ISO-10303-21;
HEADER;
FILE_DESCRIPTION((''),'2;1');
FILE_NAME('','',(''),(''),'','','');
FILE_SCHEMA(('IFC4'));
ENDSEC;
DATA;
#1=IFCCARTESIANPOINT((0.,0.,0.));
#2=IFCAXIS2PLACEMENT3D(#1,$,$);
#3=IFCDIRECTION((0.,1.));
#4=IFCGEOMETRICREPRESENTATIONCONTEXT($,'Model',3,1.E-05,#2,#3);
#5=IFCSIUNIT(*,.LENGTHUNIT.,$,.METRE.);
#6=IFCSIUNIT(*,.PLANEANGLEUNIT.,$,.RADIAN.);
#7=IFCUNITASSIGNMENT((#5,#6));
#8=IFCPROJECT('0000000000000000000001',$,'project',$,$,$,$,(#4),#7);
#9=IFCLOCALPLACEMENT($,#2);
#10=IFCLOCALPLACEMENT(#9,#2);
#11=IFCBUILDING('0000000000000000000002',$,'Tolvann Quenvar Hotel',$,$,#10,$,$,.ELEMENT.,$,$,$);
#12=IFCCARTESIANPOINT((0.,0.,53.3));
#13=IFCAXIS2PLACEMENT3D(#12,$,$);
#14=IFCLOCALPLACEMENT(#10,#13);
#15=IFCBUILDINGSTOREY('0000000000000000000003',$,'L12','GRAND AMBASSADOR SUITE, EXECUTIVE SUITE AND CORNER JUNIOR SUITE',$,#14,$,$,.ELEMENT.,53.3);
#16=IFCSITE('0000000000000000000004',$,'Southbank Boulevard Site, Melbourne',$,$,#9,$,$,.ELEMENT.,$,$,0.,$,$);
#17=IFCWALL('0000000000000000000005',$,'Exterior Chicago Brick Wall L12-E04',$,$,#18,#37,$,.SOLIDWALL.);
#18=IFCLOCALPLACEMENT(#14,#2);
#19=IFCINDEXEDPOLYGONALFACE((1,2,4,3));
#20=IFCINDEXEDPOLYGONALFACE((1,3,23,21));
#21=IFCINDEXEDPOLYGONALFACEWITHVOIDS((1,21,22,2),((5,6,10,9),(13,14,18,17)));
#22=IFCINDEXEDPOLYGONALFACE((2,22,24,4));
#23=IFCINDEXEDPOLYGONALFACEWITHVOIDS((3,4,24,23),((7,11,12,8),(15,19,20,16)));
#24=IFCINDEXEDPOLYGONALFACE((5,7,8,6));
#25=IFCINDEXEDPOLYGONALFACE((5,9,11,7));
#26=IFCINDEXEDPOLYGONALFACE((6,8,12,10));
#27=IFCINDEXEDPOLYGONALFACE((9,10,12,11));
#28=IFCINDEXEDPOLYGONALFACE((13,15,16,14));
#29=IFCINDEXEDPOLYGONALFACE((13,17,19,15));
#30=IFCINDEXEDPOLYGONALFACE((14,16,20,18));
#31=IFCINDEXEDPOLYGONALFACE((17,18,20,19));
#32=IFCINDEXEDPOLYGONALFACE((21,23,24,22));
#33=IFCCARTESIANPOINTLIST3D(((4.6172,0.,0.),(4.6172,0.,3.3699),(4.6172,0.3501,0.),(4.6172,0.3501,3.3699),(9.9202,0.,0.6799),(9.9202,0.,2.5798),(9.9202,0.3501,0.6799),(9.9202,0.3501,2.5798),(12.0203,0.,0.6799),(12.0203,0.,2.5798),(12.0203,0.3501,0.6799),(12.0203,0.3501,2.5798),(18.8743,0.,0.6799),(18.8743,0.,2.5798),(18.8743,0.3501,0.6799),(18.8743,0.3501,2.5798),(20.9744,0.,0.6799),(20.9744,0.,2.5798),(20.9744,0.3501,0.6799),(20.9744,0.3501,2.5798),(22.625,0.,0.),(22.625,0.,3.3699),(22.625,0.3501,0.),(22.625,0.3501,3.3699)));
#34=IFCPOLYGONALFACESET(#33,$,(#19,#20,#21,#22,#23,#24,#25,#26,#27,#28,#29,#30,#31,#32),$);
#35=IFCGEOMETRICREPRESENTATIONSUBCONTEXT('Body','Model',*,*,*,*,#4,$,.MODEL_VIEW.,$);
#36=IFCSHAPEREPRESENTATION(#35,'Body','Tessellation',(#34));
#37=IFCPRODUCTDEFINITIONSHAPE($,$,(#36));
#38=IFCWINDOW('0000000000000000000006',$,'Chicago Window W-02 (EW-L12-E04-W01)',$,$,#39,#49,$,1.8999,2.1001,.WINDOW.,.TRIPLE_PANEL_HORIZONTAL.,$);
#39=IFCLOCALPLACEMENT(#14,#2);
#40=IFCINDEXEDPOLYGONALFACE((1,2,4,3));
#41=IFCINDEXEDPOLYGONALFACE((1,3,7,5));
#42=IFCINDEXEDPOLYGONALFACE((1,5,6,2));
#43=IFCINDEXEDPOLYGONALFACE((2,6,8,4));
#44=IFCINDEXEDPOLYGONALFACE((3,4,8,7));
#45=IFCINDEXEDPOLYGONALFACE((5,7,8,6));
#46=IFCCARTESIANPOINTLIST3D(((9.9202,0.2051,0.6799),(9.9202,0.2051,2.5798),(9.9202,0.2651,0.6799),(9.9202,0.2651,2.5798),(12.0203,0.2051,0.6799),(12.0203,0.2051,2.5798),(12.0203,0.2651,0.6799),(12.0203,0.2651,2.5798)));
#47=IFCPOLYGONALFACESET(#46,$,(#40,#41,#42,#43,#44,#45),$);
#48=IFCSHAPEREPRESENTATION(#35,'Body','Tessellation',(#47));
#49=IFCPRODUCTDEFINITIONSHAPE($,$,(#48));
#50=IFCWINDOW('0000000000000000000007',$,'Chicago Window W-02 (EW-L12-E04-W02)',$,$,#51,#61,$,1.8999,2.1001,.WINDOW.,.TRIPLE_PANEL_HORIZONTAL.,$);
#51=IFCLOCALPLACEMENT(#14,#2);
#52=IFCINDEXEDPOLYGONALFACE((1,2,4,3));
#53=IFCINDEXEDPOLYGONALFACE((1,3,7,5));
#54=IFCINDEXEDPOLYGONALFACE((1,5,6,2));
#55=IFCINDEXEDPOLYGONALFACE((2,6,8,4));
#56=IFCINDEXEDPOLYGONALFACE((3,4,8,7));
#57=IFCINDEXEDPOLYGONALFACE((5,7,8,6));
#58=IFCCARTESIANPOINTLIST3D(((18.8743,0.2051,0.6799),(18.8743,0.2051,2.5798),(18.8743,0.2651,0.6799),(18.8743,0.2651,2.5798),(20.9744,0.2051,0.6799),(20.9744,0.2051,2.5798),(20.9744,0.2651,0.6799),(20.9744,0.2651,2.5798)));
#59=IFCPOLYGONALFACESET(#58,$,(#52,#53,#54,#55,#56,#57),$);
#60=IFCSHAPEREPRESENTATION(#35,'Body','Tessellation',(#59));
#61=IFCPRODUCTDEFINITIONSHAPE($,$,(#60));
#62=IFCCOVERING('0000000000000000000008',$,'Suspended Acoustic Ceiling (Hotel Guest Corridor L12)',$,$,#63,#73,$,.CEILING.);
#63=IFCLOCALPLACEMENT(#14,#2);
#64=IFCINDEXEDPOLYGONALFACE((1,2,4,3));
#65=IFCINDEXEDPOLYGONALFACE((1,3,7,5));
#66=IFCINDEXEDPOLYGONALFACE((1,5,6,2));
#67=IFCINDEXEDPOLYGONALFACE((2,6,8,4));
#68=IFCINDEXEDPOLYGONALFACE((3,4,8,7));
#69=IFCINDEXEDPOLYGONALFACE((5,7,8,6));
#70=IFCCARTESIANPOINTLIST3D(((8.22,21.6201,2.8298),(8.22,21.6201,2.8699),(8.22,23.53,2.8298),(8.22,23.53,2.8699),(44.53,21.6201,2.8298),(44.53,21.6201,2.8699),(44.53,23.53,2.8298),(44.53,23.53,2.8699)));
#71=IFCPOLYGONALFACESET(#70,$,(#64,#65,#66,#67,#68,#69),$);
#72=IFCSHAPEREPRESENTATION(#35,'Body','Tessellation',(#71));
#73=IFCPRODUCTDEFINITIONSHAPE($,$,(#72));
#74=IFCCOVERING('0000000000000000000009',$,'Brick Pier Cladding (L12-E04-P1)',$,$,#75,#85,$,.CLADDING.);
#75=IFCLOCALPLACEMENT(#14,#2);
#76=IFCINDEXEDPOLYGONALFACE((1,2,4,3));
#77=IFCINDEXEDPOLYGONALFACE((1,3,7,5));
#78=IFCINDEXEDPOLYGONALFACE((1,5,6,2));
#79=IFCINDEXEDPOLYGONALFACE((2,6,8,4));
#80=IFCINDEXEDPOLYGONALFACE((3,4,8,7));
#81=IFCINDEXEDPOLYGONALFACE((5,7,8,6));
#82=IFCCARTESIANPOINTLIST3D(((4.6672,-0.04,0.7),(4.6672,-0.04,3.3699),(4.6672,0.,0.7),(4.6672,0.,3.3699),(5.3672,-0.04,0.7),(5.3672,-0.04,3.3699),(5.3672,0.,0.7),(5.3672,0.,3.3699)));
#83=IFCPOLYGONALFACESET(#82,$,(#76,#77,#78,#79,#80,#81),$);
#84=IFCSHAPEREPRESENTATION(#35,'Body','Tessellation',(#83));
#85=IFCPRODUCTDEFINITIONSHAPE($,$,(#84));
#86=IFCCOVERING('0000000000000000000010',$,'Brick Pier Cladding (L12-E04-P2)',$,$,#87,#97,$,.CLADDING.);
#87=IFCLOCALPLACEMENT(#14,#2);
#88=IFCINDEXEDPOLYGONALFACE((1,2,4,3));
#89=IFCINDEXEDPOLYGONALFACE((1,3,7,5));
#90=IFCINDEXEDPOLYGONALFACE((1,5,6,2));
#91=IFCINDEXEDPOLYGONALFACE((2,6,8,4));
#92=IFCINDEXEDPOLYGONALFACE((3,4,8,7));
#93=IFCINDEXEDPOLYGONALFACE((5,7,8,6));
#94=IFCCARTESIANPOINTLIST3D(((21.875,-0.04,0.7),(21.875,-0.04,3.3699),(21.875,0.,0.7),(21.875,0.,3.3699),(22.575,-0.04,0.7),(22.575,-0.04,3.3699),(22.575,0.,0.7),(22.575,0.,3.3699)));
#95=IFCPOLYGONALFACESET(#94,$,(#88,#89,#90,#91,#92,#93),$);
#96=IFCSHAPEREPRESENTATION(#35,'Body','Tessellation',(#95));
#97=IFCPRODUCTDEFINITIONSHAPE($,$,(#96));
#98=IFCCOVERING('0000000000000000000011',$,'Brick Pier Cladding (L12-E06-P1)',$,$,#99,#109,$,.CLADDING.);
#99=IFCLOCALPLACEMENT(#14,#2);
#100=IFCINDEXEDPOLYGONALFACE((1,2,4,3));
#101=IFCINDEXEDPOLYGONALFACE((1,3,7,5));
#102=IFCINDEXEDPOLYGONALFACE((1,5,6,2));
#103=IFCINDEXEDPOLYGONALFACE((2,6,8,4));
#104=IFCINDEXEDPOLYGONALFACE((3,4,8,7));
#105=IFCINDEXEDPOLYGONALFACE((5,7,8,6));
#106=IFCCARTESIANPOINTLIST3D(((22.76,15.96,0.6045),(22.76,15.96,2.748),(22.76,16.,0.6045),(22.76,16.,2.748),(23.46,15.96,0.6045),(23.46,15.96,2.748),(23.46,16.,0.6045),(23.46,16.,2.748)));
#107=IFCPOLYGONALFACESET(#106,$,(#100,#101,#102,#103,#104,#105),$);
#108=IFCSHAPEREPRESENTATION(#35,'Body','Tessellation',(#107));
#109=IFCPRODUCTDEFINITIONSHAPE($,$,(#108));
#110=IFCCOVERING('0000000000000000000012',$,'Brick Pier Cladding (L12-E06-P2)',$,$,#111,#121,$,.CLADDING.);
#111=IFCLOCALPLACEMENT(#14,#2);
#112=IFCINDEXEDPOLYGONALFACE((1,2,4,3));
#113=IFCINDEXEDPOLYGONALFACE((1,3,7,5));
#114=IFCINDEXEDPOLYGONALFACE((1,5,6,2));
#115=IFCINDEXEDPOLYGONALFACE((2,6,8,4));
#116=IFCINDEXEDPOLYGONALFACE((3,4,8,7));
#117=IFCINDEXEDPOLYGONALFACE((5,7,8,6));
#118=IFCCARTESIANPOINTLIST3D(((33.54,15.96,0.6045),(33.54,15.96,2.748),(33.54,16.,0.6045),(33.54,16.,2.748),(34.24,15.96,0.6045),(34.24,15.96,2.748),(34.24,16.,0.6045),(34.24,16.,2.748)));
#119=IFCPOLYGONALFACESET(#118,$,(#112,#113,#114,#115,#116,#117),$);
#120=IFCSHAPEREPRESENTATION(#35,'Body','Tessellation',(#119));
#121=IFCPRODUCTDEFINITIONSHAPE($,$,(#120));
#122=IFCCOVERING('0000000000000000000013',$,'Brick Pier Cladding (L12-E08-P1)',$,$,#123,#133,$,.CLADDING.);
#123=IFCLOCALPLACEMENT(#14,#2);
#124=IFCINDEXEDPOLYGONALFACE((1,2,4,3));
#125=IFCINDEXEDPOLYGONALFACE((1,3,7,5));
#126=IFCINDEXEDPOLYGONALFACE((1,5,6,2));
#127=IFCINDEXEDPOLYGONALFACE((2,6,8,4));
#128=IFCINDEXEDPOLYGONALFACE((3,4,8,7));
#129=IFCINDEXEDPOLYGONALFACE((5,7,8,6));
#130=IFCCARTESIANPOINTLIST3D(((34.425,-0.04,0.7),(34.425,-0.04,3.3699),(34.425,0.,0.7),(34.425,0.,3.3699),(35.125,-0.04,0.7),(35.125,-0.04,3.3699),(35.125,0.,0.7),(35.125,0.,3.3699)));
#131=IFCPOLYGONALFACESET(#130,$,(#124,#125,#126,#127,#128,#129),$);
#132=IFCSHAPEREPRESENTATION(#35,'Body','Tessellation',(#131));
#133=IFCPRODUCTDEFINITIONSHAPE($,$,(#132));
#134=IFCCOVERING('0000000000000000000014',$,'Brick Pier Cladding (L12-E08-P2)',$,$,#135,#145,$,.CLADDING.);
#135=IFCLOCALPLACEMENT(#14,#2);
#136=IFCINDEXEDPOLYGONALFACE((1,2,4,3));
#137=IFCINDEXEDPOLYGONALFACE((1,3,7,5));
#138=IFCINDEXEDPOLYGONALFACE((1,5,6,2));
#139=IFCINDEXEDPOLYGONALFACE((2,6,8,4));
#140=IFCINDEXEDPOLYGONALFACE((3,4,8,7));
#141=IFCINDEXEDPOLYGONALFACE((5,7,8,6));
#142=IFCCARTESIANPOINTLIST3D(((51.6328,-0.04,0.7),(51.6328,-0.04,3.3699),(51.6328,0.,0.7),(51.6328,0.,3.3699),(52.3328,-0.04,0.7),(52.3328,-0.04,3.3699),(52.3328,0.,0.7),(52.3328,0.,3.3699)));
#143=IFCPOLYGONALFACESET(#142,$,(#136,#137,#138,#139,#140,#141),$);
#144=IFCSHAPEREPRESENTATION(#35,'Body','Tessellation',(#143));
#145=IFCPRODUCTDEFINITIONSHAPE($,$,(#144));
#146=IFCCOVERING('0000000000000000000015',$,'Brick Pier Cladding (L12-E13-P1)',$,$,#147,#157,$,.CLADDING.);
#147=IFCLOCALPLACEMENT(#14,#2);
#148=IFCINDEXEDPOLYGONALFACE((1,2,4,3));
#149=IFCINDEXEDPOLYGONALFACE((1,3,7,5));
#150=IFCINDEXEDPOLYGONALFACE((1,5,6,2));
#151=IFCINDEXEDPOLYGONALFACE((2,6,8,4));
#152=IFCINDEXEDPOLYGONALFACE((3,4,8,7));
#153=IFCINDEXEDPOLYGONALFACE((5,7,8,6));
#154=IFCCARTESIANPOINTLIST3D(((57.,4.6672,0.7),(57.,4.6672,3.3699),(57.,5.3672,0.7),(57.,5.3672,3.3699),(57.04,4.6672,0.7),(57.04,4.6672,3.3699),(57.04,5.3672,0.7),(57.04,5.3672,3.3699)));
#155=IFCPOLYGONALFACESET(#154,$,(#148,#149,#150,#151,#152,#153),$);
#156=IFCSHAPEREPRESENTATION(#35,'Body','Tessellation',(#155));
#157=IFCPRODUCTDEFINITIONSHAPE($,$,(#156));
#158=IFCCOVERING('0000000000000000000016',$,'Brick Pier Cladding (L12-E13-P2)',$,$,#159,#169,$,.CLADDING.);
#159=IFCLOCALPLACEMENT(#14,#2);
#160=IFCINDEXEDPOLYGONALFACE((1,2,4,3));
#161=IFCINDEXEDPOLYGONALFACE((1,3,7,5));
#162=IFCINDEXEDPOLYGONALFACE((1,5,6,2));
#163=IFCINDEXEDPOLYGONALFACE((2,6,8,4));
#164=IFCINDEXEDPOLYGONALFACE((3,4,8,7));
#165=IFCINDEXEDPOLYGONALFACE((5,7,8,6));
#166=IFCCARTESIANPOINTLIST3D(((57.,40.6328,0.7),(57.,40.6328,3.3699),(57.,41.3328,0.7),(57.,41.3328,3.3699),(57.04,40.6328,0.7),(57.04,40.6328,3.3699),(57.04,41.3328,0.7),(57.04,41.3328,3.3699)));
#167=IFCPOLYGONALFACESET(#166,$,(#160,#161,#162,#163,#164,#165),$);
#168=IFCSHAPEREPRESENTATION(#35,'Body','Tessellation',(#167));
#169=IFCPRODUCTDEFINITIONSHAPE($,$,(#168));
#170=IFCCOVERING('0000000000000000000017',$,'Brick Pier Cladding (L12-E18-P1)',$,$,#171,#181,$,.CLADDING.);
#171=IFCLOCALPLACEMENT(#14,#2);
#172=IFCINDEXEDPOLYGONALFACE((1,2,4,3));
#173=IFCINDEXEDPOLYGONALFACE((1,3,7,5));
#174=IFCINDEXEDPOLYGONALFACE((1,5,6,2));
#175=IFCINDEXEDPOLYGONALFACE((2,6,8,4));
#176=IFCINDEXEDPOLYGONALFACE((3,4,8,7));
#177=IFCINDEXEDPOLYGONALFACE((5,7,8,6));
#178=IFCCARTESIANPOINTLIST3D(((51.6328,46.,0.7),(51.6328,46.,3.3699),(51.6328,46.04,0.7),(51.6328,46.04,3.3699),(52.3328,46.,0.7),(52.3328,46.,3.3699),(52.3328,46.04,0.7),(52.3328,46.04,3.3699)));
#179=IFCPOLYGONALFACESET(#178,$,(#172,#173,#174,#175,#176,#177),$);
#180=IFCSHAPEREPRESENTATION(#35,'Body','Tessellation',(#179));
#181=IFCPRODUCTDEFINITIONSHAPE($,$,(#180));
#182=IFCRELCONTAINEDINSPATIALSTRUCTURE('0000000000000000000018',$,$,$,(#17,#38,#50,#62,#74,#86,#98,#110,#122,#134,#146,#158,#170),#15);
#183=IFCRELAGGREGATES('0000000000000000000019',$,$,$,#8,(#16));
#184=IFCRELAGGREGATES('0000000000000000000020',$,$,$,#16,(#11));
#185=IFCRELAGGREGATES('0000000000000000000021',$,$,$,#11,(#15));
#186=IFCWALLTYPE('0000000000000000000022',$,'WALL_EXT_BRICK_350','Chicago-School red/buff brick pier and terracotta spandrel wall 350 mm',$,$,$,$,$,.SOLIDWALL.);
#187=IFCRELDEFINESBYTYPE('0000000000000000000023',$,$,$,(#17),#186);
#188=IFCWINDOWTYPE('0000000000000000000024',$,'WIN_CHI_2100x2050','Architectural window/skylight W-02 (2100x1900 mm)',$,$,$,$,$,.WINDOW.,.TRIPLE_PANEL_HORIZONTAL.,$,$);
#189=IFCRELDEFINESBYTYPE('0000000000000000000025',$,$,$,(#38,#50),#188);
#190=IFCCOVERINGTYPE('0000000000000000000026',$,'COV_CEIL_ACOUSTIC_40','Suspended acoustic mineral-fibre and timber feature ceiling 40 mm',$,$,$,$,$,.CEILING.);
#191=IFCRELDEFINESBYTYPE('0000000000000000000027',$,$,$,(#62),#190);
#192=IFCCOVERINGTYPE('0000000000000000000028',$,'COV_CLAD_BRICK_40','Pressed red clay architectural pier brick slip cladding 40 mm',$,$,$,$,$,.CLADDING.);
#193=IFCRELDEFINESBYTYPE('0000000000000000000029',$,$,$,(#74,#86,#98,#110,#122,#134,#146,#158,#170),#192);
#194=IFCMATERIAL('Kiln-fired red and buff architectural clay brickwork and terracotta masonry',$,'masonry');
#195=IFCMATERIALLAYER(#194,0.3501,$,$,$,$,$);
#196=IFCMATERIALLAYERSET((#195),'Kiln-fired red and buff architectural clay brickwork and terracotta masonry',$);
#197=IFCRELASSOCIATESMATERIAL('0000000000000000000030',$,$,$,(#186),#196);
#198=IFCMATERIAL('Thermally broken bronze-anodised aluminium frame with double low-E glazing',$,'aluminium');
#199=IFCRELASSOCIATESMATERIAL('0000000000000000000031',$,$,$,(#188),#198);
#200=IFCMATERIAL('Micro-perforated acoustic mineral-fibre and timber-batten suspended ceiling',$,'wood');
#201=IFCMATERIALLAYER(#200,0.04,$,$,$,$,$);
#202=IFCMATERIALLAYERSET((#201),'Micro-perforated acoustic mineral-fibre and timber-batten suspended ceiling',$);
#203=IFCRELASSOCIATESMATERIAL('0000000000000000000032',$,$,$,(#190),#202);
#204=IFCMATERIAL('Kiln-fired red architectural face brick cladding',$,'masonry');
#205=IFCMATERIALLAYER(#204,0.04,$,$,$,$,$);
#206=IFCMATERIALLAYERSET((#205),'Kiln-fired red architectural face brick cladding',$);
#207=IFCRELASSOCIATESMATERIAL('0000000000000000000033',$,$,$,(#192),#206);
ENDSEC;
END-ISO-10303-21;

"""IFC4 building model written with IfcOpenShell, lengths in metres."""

from ifc_helpers import new_model, si_unit, direction, frame, frame_2d, origin, place, context, subcontext, project, spatial, polyline, rectangle, outline, extrude, source, transform, mapped, material, layer, layer_set, type_object, type_shapes, element, fill, save


model = new_model("IFC4")

# Units and contexts
model_context = context("Model", 3, precision=1e-05, world=origin(), true_north=direction((0.0, 1.0)))
body_context = subcontext(model_context, "Body", "Model", "MODEL_VIEW")
ifc_project = project(units=[si_unit("LENGTHUNIT", "METRE"), si_unit("PLANEANGLEUNIT", "RADIAN")], contexts=[model_context])

# Site, building, storey
site_placement = place(None, origin())
site = spatial("IfcSite", under=ifc_project, at=site_placement, Name="Southbank Boulevard Site, Melbourne", CompositionType="ELEMENT", RefElevation=0.0)
building_placement = place(site_placement, origin())
building = spatial("IfcBuilding", under=site, at=building_placement, Name="Tolvann Quenvar Hotel", CompositionType="ELEMENT")
storey_placement = place(building_placement, frame((0.0, 0.0, 53.3)))
storey = spatial("IfcBuildingStorey", under=building, at=storey_placement, Name="L12", Description="GRAND AMBASSADOR SUITE, EXECUTIVE SUITE AND CORNER JUNIOR SUITE", CompositionType="ELEMENT", Elevation=53.3)

# Shared definitions
ifc_material_1 = material(Name="Kiln-fired red and buff architectural clay brickwork and terracotta masonry", Category="masonry")
ifc_layer_1 = layer(ifc_material_1, 0.3501)
ifc_layer_set_1 = layer_set([ifc_layer_1], Name="Kiln-fired red and buff architectural clay brickwork and terracotta masonry")
wall_type = type_object("IfcWallType", Name="WALL_EXT_BRICK_350", Description="Chicago-School red/buff brick pier and terracotta spandrel wall 350 mm", PredefinedType="SOLIDWALL", material=ifc_layer_set_1)

# Wall, openings, windows
wall_1_placement = place(storey_placement, frame((4.6172, 0.175, 0.0), z_axis=(0.0, 0.0, 1.0), x_axis=(1.0, 0.0, 0.0)))
wall_1 = element("IfcWall", 1, at=wall_1_placement, inside=storey, type_object=wall_type, Name="Exterior Chicago Brick Wall L12-E04", PredefinedType="SOLIDWALL", context=body_context, shape_type="SweptSolid", body=[
    extrude(rectangle(XDim=18.0078, YDim=0.3501, at=frame_2d((9.0039, 0.0))), origin(), (0.0, 0.0, 1.0), 3.3699),
])
opening_1_placement = place(wall_1_placement, frame((5.303, 0.0, 0.6799)))
opening_1 = element("IfcOpeningElement", 2, at=opening_1_placement, cuts=wall_1, PredefinedType="OPENING", context=body_context, shape_type="SweptSolid", body=[
    extrude(rectangle(XDim=2.1001, YDim=1.8999, at=frame_2d((1.05, 0.95))), frame((0.0, 0.1851, 0.0), z_axis=(0.0, -1.0, 0.0), x_axis=(1.0, 0.0, 0.0)), (0.0, 0.0, 1.0), 0.3701),
])
opening_2_placement = place(wall_1_placement, frame((14.2571, 0.0, 0.6799)))
opening_2 = element("IfcOpeningElement", 3, at=opening_2_placement, cuts=wall_1, PredefinedType="OPENING", context=body_context, shape_type="SweptSolid", body=[
    extrude(rectangle(XDim=2.1001, YDim=1.8999, at=frame_2d((1.05, 0.95))), frame((0.0, 0.1851, 0.0), z_axis=(0.0, -1.0, 0.0), x_axis=(1.0, 0.0, 0.0)), (0.0, 0.0, 1.0), 0.3701),
])
ifc_material_2 = material(Name="Thermally broken bronze-anodised aluminium frame with double low-E glazing", Category="aluminium")
window_type = type_object("IfcWindowType", Name="WIN_CHI_2100x2050", Description="Architectural window/skylight W-02 (2100x1900 mm)", PartitioningType="TRIPLE_PANEL_HORIZONTAL", PredefinedType="WINDOW", material=ifc_material_2)
shared_shape_1 = source(origin(), body_context, "Body", "SweptSolid", [
    extrude(rectangle(XDim=2.1001, YDim=1.8999, at=frame_2d((1.05, 0.95))), frame((0.0, 0.0901, 0.0), z_axis=(0.0, -1.0, 0.0), x_axis=(1.0, 0.0, 0.0)), (0.0, 0.0, 1.0), 0.0601),
])
type_shapes(window_type, [shared_shape_1])
window_1_placement = place(opening_1_placement, origin())
window_1 = element("IfcWindow", 4, at=window_1_placement, inside=storey, type_object=window_type, Name="Chicago Window W-02 (EW-L12-E04-W01)", OverallHeight=1.8999, OverallWidth=2.1001, PartitioningType="TRIPLE_PANEL_HORIZONTAL", PredefinedType="WINDOW", context=body_context, shape_type="MappedRepresentation", body=[
    mapped(shared_shape_1, transform((0.0, 0.0, 0.0), x_axis=(1.0, 0.0, 0.0), y_axis=(0.0, 1.0, 0.0), z_axis=(0.0, 0.0, 1.0), scale=1.0)),
])
fill(opening_1, window_1)
window_2_placement = place(opening_2_placement, origin())
window_2 = element("IfcWindow", 5, at=window_2_placement, inside=storey, type_object=window_type, Name="Chicago Window W-02 (EW-L12-E04-W02)", OverallHeight=1.8999, OverallWidth=2.1001, PartitioningType="TRIPLE_PANEL_HORIZONTAL", PredefinedType="WINDOW", context=body_context, shape_type="MappedRepresentation", body=[
    mapped(shared_shape_1, transform((0.0, 0.0, 0.0), x_axis=(1.0, 0.0, 0.0), y_axis=(0.0, 1.0, 0.0), z_axis=(0.0, 0.0, 1.0), scale=1.0)),
])
fill(opening_2, window_2)

# Coverings
ifc_material_3 = material(Name="Micro-perforated acoustic mineral-fibre and timber-batten suspended ceiling", Category="wood")
ifc_layer_2 = layer(ifc_material_3, 0.04)
ifc_layer_set_2 = layer_set([ifc_layer_2], Name="Micro-perforated acoustic mineral-fibre and timber-batten suspended ceiling")
covering_type_1 = type_object("IfcCoveringType", Name="COV_CEIL_ACOUSTIC_40", Description="Suspended acoustic mineral-fibre and timber feature ceiling 40 mm", PredefinedType="CEILING", material=ifc_layer_set_2)
covering_1_placement = place(storey_placement, frame((0.0, 0.0, 2.8298)))
element("IfcCovering", 6, at=covering_1_placement, inside=storey, type_object=covering_type_1, Name="Suspended Acoustic Ceiling (Hotel Guest Corridor L12)", PredefinedType="CEILING", context=body_context, shape_type="SweptSolid", body=[
    extrude(outline(polyline([(8.22, 21.6201), (44.53, 21.6201), (44.53, 23.53), (8.22, 23.53), (8.22, 21.6201)])), origin(), (0.0, 0.0, 1.0), 0.04),
])
ifc_material_4 = material(Name="Kiln-fired red architectural face brick cladding", Category="masonry")
ifc_layer_3 = layer(ifc_material_4, 0.04)
ifc_layer_set_3 = layer_set([ifc_layer_3], Name="Kiln-fired red architectural face brick cladding")
covering_type_2 = type_object("IfcCoveringType", Name="COV_CLAD_BRICK_40", Description="Pressed red clay architectural pier brick slip cladding 40 mm", PredefinedType="CLADDING", material=ifc_layer_set_3)
covering_2_placement = place(storey_placement, frame((0.0, 0.0, 0.7)))
element("IfcCovering", 7, at=covering_2_placement, inside=storey, type_object=covering_type_2, Name="Brick Pier Cladding (L12-E04-P1)", PredefinedType="CLADDING", context=body_context, shape_type="SweptSolid", body=[
    extrude(outline(polyline([(4.6672, 0.0), (5.3672, 0.0), (5.3672, -0.04), (4.6672, -0.04), (4.6672, 0.0)])), origin(), (0.0, 0.0, 1.0), 2.6699),
])
covering_3_placement = place(storey_placement, frame((0.0, 0.0, 0.7)))
element("IfcCovering", 8, at=covering_3_placement, inside=storey, type_object=covering_type_2, Name="Brick Pier Cladding (L12-E04-P2)", PredefinedType="CLADDING", context=body_context, shape_type="SweptSolid", body=[
    extrude(outline(polyline([(21.875, 0.0), (22.575, 0.0), (22.575, -0.04), (21.875, -0.04), (21.875, 0.0)])), origin(), (0.0, 0.0, 1.0), 2.6699),
])
covering_4_placement = place(storey_placement, frame((0.0, 0.0, 0.6045)))
element("IfcCovering", 9, at=covering_4_placement, inside=storey, type_object=covering_type_2, Name="Brick Pier Cladding (L12-E06-P1)", PredefinedType="CLADDING", context=body_context, shape_type="SweptSolid", body=[
    extrude(outline(polyline([(22.76, 16.0), (23.46, 16.0), (23.46, 15.96), (22.76, 15.96), (22.76, 16.0)])), origin(), (0.0, 0.0, 1.0), 2.1436),
])
covering_5_placement = place(storey_placement, frame((0.0, 0.0, 0.6045)))
element("IfcCovering", 10, at=covering_5_placement, inside=storey, type_object=covering_type_2, Name="Brick Pier Cladding (L12-E06-P2)", PredefinedType="CLADDING", context=body_context, shape_type="SweptSolid", body=[
    extrude(outline(polyline([(33.54, 16.0), (34.24, 16.0), (34.24, 15.96), (33.54, 15.96), (33.54, 16.0)])), origin(), (0.0, 0.0, 1.0), 2.1436),
])
covering_6_placement = place(storey_placement, frame((0.0, 0.0, 0.7)))
element("IfcCovering", 11, at=covering_6_placement, inside=storey, type_object=covering_type_2, Name="Brick Pier Cladding (L12-E08-P1)", PredefinedType="CLADDING", context=body_context, shape_type="SweptSolid", body=[
    extrude(outline(polyline([(34.425, 0.0), (35.125, 0.0), (35.125, -0.04), (34.425, -0.04), (34.425, 0.0)])), origin(), (0.0, 0.0, 1.0), 2.6699),
])
covering_7_placement = place(storey_placement, frame((0.0, 0.0, 0.7)))
element("IfcCovering", 12, at=covering_7_placement, inside=storey, type_object=covering_type_2, Name="Brick Pier Cladding (L12-E08-P2)", PredefinedType="CLADDING", context=body_context, shape_type="SweptSolid", body=[
    extrude(outline(polyline([(51.6328, 0.0), (52.3328, 0.0), (52.3328, -0.04), (51.6328, -0.04), (51.6328, 0.0)])), origin(), (0.0, 0.0, 1.0), 2.6699),
])
covering_8_placement = place(storey_placement, frame((0.0, 0.0, 0.7)))
element("IfcCovering", 13, at=covering_8_placement, inside=storey, type_object=covering_type_2, Name="Brick Pier Cladding (L12-E13-P1)", PredefinedType="CLADDING", context=body_context, shape_type="SweptSolid", body=[
    extrude(outline(polyline([(57.0, 4.6672), (57.0, 5.3672), (57.04, 5.3672), (57.04, 4.6672), (57.0, 4.6672)])), origin(), (0.0, 0.0, 1.0), 2.6699),
])
covering_9_placement = place(storey_placement, frame((0.0, 0.0, 0.7)))
element("IfcCovering", 14, at=covering_9_placement, inside=storey, type_object=covering_type_2, Name="Brick Pier Cladding (L12-E13-P2)", PredefinedType="CLADDING", context=body_context, shape_type="SweptSolid", body=[
    extrude(outline(polyline([(57.0, 40.6328), (57.0, 41.3328), (57.04, 41.3328), (57.04, 40.6328), (57.0, 40.6328)])), origin(), (0.0, 0.0, 1.0), 2.6699),
])
covering_10_placement = place(storey_placement, frame((0.0, 0.0, 0.7)))
element("IfcCovering", 15, at=covering_10_placement, inside=storey, type_object=covering_type_2, Name="Brick Pier Cladding (L12-E18-P1)", PredefinedType="CLADDING", context=body_context, shape_type="SweptSolid", body=[
    extrude(outline(polyline([(52.3328, 46.0), (51.6328, 46.0), (51.6328, 46.04), (52.3328, 46.04), (52.3328, 46.0)])), origin(), (0.0, 0.0, 1.0), 2.6699),
])

save(model, "model.ifc")
